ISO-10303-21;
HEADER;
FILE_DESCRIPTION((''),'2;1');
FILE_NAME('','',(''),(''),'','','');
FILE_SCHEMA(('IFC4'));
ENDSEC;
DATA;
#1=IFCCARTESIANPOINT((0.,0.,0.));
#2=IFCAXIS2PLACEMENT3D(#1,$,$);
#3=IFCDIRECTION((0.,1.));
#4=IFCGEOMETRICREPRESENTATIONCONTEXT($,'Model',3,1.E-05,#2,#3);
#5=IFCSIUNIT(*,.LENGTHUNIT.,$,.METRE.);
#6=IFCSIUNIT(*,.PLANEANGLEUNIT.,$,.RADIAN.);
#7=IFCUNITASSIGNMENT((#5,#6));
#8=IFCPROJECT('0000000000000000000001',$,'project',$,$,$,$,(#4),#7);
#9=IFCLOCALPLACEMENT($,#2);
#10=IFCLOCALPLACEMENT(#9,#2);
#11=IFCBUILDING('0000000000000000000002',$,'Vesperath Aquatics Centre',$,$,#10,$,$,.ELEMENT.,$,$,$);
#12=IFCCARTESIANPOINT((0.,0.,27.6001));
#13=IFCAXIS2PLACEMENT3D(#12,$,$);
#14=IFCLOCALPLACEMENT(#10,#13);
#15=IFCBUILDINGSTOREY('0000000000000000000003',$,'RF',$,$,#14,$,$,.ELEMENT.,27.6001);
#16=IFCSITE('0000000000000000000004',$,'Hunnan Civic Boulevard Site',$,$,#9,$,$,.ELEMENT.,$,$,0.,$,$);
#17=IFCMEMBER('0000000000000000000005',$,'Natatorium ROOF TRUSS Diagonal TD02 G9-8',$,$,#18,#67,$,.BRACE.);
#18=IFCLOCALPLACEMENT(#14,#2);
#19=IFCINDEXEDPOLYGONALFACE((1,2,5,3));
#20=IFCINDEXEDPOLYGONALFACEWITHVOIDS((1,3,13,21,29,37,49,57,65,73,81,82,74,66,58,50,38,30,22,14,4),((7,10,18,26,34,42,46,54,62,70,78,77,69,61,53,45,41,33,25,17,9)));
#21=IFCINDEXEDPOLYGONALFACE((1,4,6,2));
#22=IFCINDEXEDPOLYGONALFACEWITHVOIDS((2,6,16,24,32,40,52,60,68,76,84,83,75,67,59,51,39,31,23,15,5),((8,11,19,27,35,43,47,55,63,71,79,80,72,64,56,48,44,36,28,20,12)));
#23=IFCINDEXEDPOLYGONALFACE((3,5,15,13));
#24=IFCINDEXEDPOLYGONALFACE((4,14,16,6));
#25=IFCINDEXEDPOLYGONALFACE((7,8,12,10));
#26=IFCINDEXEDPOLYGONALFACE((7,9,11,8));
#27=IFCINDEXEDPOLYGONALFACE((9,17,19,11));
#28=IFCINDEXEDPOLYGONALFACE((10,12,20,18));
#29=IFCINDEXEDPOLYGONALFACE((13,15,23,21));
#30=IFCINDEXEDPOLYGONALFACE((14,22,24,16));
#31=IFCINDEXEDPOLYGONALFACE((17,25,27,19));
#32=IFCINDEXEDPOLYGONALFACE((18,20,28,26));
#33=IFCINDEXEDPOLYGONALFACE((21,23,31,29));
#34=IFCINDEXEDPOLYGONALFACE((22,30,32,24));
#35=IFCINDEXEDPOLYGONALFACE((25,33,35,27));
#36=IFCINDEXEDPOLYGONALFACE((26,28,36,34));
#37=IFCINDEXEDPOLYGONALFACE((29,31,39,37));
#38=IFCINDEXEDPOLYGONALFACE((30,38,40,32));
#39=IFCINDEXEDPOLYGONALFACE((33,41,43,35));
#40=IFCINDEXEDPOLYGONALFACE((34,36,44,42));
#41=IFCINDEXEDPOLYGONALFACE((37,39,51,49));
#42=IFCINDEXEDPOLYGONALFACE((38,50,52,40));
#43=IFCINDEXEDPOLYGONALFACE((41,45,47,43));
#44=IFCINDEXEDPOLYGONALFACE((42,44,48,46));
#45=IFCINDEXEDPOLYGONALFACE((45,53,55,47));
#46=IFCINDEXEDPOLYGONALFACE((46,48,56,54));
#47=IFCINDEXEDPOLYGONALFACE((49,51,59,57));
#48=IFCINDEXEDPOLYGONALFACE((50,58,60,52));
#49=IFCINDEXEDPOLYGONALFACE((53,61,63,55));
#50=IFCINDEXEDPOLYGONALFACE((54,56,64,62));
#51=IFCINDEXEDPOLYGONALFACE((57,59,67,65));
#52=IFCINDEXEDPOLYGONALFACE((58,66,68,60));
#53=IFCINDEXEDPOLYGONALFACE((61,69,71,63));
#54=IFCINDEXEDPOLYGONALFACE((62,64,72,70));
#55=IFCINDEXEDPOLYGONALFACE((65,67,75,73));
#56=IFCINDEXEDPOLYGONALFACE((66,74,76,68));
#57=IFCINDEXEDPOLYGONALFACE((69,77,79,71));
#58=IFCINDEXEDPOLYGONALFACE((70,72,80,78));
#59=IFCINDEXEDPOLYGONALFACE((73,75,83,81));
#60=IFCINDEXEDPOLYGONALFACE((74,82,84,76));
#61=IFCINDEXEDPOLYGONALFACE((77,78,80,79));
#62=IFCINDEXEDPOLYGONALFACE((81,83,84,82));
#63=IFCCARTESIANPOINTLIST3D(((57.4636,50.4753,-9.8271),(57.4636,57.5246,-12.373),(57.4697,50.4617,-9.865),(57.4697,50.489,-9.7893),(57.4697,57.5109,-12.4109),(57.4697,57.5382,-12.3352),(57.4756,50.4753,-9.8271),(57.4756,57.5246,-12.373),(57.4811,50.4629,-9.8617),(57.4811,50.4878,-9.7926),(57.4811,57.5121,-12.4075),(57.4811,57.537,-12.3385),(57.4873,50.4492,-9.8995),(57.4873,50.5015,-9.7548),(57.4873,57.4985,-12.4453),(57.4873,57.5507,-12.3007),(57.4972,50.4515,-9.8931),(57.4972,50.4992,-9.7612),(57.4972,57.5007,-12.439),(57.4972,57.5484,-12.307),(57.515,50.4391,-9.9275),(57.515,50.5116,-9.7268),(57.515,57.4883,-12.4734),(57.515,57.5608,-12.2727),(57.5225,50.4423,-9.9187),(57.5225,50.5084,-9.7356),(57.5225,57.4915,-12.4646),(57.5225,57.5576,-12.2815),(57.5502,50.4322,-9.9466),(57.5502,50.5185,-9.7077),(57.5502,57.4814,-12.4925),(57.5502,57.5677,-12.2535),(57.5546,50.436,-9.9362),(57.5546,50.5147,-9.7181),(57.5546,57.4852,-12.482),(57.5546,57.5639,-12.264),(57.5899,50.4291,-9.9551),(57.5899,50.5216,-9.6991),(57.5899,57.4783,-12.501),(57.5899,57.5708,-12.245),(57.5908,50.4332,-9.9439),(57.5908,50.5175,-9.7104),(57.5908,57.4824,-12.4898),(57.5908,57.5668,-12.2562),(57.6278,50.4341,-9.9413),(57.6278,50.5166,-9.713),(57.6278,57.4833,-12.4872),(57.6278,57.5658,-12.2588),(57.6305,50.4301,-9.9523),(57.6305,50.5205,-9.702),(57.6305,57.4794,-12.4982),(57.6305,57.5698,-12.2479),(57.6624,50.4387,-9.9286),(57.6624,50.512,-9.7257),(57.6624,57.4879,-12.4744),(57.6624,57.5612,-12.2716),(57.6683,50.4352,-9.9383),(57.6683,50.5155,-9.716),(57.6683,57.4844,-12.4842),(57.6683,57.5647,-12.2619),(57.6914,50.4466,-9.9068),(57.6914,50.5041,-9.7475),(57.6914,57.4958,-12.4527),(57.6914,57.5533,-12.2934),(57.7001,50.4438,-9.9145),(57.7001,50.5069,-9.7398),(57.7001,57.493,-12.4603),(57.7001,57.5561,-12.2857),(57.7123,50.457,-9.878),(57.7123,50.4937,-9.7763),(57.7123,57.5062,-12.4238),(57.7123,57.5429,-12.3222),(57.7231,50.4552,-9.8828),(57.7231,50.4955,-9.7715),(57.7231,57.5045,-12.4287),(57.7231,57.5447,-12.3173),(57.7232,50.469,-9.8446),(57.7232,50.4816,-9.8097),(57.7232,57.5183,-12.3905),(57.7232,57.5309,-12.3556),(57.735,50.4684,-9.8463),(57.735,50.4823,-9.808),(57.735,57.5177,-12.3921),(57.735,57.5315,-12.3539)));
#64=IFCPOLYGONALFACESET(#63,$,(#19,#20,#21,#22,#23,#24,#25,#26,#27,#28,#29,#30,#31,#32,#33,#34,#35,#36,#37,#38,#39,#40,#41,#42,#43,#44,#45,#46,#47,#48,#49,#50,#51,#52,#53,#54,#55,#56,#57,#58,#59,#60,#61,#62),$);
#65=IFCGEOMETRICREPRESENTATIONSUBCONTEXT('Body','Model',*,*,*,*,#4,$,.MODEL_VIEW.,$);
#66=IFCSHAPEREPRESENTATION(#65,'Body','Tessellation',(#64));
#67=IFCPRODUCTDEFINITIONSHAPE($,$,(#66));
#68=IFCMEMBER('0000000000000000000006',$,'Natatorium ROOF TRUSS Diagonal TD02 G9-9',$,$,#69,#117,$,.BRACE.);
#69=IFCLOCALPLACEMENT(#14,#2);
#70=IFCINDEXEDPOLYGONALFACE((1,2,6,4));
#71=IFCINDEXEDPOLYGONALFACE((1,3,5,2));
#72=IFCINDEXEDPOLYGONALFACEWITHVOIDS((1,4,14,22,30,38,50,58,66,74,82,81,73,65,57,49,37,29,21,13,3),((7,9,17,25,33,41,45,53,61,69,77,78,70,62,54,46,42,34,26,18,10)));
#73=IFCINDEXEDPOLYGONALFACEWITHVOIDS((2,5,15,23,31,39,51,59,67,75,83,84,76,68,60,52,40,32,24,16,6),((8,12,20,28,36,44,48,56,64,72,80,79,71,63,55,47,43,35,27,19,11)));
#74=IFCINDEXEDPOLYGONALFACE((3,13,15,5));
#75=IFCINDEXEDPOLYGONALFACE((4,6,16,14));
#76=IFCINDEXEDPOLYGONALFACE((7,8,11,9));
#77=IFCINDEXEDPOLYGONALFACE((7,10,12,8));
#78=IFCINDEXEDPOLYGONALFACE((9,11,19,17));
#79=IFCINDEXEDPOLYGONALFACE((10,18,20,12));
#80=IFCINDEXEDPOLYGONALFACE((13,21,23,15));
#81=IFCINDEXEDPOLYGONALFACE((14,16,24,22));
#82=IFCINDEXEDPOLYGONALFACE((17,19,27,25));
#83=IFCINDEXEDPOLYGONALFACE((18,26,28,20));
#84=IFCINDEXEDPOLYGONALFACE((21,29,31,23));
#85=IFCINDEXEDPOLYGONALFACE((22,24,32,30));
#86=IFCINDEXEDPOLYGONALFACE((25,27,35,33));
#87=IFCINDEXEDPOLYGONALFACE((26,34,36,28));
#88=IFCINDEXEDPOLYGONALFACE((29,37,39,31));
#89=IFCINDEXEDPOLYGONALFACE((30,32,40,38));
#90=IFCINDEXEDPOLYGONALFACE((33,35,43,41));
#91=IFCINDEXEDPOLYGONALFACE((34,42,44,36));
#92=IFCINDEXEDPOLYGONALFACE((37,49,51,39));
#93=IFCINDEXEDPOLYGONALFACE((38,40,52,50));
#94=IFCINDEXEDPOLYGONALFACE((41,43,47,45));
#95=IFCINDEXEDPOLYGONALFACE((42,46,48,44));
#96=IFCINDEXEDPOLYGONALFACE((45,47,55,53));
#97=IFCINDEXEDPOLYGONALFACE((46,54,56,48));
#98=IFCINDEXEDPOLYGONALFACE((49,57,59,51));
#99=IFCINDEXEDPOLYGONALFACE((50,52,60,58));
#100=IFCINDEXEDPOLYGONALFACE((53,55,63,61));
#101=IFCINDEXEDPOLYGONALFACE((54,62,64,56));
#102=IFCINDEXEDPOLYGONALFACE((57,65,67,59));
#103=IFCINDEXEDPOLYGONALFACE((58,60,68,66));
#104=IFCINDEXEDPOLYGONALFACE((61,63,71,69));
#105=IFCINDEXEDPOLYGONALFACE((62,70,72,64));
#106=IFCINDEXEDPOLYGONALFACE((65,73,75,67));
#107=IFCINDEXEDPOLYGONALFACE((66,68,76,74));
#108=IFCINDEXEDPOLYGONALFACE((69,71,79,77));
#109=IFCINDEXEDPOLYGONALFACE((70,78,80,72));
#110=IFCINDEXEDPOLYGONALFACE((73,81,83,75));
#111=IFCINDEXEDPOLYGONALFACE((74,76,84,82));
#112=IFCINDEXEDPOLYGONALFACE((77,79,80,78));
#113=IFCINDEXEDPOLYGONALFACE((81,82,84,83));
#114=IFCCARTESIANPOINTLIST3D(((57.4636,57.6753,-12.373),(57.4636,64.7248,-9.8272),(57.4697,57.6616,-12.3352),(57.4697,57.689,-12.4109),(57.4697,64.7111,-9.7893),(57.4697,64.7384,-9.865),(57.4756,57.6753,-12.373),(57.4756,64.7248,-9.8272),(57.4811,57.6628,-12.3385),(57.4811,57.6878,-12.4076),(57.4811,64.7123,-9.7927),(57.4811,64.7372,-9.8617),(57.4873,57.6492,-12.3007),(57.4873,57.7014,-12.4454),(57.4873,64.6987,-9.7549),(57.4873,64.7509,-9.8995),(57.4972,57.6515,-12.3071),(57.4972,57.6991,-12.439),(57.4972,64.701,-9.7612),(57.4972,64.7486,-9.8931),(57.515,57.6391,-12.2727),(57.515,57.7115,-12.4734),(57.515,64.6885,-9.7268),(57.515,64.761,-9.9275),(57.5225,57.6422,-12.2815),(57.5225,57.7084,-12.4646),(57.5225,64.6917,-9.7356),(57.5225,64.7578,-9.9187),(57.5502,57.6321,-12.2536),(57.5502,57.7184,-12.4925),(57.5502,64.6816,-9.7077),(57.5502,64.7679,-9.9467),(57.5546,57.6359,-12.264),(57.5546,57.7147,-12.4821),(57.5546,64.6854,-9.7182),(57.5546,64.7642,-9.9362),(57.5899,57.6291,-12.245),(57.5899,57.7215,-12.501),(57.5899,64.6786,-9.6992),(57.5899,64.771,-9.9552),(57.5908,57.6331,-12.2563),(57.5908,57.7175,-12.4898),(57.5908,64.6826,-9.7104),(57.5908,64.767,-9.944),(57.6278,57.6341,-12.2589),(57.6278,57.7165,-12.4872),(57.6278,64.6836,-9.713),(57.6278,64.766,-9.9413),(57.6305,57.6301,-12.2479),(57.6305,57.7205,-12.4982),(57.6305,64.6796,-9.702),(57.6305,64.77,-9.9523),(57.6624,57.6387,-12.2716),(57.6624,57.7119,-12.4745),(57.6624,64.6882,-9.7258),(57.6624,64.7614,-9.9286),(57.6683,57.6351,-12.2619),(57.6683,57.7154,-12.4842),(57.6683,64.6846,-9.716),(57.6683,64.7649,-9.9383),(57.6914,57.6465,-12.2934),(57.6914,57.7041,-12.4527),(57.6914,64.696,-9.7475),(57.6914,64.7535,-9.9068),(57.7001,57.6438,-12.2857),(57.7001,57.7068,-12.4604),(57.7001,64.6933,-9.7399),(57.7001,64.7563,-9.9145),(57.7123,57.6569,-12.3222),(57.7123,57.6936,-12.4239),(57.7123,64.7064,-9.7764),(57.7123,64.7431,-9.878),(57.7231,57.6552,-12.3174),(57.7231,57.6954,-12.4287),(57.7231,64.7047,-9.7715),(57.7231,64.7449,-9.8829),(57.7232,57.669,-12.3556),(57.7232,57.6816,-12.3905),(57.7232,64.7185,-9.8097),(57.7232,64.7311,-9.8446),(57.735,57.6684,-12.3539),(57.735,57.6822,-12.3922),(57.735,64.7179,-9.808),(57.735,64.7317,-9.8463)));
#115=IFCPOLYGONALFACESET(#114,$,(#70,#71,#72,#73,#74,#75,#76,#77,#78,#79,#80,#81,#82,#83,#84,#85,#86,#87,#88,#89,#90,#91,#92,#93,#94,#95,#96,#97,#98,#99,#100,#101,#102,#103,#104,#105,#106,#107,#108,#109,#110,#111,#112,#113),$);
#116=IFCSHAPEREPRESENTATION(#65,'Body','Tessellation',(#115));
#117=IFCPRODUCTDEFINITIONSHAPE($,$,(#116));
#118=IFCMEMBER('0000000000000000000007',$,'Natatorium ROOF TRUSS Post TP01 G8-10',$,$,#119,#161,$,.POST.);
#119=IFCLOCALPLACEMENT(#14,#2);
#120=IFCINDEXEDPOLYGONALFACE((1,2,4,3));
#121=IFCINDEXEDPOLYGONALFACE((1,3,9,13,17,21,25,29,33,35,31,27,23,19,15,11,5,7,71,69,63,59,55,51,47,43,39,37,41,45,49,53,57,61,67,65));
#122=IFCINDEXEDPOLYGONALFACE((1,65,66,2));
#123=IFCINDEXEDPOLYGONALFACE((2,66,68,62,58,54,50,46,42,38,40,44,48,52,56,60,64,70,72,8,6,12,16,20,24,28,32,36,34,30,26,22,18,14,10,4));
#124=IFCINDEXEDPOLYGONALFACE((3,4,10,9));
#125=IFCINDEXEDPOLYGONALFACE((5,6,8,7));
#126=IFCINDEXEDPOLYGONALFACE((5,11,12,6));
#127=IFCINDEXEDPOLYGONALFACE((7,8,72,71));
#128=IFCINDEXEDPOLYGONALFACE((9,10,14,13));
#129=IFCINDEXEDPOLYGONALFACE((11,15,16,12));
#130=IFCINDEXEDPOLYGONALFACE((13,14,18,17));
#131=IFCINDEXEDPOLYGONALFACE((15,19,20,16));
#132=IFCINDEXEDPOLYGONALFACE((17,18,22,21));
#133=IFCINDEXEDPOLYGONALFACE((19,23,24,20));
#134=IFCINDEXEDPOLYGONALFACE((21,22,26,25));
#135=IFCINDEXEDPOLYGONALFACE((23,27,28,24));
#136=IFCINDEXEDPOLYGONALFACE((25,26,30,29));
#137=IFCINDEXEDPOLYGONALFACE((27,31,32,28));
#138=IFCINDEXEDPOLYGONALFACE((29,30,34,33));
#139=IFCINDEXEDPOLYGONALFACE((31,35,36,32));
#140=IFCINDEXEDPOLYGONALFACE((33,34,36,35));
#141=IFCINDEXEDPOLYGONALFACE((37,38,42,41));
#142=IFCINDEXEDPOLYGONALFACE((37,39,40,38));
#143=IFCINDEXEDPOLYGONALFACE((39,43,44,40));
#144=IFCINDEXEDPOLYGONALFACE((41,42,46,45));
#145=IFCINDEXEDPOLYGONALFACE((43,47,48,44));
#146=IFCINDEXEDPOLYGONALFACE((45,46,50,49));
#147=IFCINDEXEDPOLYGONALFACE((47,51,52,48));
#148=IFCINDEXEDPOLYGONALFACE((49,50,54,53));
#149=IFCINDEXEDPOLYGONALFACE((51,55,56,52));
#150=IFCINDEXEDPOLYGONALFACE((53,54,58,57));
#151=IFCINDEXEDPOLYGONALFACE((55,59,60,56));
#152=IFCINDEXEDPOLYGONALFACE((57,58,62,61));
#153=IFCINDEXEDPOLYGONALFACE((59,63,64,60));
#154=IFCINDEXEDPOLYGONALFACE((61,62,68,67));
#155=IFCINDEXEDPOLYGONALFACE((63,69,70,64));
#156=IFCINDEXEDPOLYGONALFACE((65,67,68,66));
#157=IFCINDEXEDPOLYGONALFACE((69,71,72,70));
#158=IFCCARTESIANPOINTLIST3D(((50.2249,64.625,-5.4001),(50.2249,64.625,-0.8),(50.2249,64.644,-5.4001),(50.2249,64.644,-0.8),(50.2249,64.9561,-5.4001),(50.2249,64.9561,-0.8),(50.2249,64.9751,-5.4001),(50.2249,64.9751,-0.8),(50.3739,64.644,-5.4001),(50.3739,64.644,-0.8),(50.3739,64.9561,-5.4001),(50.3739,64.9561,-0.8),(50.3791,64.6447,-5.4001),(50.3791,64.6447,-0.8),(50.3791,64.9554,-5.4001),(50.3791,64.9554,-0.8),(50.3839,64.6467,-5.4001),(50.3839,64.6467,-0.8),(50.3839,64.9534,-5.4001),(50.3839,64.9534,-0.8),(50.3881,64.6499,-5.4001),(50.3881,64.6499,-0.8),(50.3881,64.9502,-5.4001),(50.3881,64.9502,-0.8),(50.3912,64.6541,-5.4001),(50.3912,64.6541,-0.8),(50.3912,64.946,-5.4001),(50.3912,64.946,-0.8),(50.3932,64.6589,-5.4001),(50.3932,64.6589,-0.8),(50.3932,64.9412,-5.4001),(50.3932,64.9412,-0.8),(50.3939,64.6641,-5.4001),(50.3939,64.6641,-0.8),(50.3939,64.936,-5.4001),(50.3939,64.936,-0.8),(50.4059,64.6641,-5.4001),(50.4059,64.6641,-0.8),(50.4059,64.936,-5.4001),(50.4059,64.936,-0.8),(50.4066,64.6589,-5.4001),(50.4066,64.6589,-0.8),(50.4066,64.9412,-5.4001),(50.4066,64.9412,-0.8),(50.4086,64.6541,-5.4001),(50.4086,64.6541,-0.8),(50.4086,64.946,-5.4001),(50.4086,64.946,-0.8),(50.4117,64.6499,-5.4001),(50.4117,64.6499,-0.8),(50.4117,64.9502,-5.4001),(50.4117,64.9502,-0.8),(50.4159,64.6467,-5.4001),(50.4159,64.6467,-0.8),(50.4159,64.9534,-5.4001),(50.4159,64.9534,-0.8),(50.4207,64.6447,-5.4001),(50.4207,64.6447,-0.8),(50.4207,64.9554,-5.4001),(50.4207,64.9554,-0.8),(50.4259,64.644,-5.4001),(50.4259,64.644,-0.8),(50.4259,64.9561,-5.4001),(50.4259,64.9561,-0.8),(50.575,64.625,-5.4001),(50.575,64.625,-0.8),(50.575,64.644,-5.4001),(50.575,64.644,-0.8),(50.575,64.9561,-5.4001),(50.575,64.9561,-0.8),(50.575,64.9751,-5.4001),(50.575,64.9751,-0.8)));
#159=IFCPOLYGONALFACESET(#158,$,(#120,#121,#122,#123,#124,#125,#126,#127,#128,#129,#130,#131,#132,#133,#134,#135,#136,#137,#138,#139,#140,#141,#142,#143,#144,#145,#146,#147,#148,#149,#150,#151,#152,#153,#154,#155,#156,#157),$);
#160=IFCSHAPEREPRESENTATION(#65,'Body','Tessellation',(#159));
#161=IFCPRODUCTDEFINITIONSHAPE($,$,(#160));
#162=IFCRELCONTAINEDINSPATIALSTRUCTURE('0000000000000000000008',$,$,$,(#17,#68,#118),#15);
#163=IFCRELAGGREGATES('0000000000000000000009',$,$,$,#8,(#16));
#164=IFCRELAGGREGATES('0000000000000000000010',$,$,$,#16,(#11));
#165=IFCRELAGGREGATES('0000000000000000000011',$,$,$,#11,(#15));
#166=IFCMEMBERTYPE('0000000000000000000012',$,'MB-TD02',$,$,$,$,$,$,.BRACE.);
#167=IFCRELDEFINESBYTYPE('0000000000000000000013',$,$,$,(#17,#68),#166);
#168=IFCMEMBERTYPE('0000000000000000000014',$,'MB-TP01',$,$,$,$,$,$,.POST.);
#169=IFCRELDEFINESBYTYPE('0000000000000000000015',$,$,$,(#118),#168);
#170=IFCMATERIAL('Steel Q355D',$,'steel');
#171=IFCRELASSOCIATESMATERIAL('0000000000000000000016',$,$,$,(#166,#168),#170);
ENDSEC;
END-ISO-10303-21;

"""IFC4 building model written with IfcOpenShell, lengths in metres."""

from ifc_helpers import new_model, si_unit, direction, frame, origin, origin_2d, place, context, subcontext, project, spatial, hollow_circle, i_section, extrude, material, material_profile, profile_set, type_object, element, save


model = new_model("IFC4")

# Units and contexts
model_context = context("Model", 3, precision=1e-05, world=origin(), true_north=direction((0.0, 1.0)))
body_context = subcontext(model_context, "Body", "Model", "MODEL_VIEW")
ifc_project = project(units=[si_unit("LENGTHUNIT", "METRE"), si_unit("PLANEANGLEUNIT", "RADIAN")], contexts=[model_context])

# Site, building, storey
site_placement = place(None, origin())
site = spatial("IfcSite", under=ifc_project, at=site_placement, Name="Hunnan Civic Boulevard Site", CompositionType="ELEMENT", RefElevation=0.0)
building_placement = place(site_placement, origin())
building = spatial("IfcBuilding", under=site, at=building_placement, Name="Vesperath Aquatics Centre", CompositionType="ELEMENT")
storey_placement = place(building_placement, frame((0.0, 0.0, 27.6001)))
storey = spatial("IfcBuildingStorey", under=building, at=storey_placement, Name="RF", CompositionType="ELEMENT", Elevation=27.6001)

# Members
ifc_material_1 = material(Name="Steel Q355D", Category="steel")
ifc_material_profile_1 = material_profile(ifc_material_1, hollow_circle(Radius=0.1365, WallThickness=0.012, at=origin_2d()), Name="CHS 273.0x12")
ifc_profile_set_1 = profile_set([ifc_material_profile_1], Name="Steel Q355D")
member_type_1 = type_object("IfcMemberType", Name="MB-TD02", PredefinedType="BRACE", material=ifc_profile_set_1)
member_1_placement = place(storey_placement, frame((57.6001, 50.4753, -9.8271), z_axis=(0.0, 0.940541, -0.339681), x_axis=(-1.0, 0.0, 0.0)))
element("IfcMember", 1, at=member_1_placement, inside=storey, type_object=member_type_1, Name="Natatorium ROOF TRUSS Diagonal TD02 G9-8", PredefinedType="BRACE", context=body_context, shape_type="SweptSolid", body=[
    extrude(hollow_circle(Radius=0.1365, WallThickness=0.012, at=origin_2d()), origin(), (0.0, 0.0, 1.0), 7.4949),
])
member_2_placement = place(storey_placement, frame((57.6001, 57.6753, -12.373), z_axis=(0.0, 0.940544, 0.339671), x_axis=(-1.0, 0.0, 0.0)))
element("IfcMember", 2, at=member_2_placement, inside=storey, type_object=member_type_1, Name="Natatorium ROOF TRUSS Diagonal TD02 G9-9", PredefinedType="BRACE", context=body_context, shape_type="SweptSolid", body=[
    extrude(hollow_circle(Radius=0.1365, WallThickness=0.012, at=origin_2d()), origin(), (0.0, 0.0, 1.0), 7.4951),
])
ifc_material_profile_2 = material_profile(ifc_material_1, i_section(OverallWidth=0.3501, OverallDepth=0.3501, WebThickness=0.012, FlangeThickness=0.019, FilletRadius=0.02, at=origin_2d()), Name="HW 350x350x12x19")
ifc_profile_set_2 = profile_set([ifc_material_profile_2], Name="Steel Q355D")
member_type_2 = type_object("IfcMemberType", Name="MB-TP01", PredefinedType="POST", material=ifc_profile_set_2)
member_3_placement = place(storey_placement, frame((50.3999, 64.8, -5.4001), z_axis=(0.0, 0.0, 1.0), x_axis=(1.0, 0.0, 0.0)))
element("IfcMember", 3, at=member_3_placement, inside=storey, type_object=member_type_2, Name="Natatorium ROOF TRUSS Post TP01 G8-10", PredefinedType="POST", context=body_context, shape_type="SweptSolid", body=[
    extrude(i_section(OverallWidth=0.3501, OverallDepth=0.3501, WebThickness=0.012, FlangeThickness=0.019, FilletRadius=0.02, at=origin_2d()), origin(), (0.0, 0.0, 1.0), 4.6001),
])

save(model, "model.ifc")
